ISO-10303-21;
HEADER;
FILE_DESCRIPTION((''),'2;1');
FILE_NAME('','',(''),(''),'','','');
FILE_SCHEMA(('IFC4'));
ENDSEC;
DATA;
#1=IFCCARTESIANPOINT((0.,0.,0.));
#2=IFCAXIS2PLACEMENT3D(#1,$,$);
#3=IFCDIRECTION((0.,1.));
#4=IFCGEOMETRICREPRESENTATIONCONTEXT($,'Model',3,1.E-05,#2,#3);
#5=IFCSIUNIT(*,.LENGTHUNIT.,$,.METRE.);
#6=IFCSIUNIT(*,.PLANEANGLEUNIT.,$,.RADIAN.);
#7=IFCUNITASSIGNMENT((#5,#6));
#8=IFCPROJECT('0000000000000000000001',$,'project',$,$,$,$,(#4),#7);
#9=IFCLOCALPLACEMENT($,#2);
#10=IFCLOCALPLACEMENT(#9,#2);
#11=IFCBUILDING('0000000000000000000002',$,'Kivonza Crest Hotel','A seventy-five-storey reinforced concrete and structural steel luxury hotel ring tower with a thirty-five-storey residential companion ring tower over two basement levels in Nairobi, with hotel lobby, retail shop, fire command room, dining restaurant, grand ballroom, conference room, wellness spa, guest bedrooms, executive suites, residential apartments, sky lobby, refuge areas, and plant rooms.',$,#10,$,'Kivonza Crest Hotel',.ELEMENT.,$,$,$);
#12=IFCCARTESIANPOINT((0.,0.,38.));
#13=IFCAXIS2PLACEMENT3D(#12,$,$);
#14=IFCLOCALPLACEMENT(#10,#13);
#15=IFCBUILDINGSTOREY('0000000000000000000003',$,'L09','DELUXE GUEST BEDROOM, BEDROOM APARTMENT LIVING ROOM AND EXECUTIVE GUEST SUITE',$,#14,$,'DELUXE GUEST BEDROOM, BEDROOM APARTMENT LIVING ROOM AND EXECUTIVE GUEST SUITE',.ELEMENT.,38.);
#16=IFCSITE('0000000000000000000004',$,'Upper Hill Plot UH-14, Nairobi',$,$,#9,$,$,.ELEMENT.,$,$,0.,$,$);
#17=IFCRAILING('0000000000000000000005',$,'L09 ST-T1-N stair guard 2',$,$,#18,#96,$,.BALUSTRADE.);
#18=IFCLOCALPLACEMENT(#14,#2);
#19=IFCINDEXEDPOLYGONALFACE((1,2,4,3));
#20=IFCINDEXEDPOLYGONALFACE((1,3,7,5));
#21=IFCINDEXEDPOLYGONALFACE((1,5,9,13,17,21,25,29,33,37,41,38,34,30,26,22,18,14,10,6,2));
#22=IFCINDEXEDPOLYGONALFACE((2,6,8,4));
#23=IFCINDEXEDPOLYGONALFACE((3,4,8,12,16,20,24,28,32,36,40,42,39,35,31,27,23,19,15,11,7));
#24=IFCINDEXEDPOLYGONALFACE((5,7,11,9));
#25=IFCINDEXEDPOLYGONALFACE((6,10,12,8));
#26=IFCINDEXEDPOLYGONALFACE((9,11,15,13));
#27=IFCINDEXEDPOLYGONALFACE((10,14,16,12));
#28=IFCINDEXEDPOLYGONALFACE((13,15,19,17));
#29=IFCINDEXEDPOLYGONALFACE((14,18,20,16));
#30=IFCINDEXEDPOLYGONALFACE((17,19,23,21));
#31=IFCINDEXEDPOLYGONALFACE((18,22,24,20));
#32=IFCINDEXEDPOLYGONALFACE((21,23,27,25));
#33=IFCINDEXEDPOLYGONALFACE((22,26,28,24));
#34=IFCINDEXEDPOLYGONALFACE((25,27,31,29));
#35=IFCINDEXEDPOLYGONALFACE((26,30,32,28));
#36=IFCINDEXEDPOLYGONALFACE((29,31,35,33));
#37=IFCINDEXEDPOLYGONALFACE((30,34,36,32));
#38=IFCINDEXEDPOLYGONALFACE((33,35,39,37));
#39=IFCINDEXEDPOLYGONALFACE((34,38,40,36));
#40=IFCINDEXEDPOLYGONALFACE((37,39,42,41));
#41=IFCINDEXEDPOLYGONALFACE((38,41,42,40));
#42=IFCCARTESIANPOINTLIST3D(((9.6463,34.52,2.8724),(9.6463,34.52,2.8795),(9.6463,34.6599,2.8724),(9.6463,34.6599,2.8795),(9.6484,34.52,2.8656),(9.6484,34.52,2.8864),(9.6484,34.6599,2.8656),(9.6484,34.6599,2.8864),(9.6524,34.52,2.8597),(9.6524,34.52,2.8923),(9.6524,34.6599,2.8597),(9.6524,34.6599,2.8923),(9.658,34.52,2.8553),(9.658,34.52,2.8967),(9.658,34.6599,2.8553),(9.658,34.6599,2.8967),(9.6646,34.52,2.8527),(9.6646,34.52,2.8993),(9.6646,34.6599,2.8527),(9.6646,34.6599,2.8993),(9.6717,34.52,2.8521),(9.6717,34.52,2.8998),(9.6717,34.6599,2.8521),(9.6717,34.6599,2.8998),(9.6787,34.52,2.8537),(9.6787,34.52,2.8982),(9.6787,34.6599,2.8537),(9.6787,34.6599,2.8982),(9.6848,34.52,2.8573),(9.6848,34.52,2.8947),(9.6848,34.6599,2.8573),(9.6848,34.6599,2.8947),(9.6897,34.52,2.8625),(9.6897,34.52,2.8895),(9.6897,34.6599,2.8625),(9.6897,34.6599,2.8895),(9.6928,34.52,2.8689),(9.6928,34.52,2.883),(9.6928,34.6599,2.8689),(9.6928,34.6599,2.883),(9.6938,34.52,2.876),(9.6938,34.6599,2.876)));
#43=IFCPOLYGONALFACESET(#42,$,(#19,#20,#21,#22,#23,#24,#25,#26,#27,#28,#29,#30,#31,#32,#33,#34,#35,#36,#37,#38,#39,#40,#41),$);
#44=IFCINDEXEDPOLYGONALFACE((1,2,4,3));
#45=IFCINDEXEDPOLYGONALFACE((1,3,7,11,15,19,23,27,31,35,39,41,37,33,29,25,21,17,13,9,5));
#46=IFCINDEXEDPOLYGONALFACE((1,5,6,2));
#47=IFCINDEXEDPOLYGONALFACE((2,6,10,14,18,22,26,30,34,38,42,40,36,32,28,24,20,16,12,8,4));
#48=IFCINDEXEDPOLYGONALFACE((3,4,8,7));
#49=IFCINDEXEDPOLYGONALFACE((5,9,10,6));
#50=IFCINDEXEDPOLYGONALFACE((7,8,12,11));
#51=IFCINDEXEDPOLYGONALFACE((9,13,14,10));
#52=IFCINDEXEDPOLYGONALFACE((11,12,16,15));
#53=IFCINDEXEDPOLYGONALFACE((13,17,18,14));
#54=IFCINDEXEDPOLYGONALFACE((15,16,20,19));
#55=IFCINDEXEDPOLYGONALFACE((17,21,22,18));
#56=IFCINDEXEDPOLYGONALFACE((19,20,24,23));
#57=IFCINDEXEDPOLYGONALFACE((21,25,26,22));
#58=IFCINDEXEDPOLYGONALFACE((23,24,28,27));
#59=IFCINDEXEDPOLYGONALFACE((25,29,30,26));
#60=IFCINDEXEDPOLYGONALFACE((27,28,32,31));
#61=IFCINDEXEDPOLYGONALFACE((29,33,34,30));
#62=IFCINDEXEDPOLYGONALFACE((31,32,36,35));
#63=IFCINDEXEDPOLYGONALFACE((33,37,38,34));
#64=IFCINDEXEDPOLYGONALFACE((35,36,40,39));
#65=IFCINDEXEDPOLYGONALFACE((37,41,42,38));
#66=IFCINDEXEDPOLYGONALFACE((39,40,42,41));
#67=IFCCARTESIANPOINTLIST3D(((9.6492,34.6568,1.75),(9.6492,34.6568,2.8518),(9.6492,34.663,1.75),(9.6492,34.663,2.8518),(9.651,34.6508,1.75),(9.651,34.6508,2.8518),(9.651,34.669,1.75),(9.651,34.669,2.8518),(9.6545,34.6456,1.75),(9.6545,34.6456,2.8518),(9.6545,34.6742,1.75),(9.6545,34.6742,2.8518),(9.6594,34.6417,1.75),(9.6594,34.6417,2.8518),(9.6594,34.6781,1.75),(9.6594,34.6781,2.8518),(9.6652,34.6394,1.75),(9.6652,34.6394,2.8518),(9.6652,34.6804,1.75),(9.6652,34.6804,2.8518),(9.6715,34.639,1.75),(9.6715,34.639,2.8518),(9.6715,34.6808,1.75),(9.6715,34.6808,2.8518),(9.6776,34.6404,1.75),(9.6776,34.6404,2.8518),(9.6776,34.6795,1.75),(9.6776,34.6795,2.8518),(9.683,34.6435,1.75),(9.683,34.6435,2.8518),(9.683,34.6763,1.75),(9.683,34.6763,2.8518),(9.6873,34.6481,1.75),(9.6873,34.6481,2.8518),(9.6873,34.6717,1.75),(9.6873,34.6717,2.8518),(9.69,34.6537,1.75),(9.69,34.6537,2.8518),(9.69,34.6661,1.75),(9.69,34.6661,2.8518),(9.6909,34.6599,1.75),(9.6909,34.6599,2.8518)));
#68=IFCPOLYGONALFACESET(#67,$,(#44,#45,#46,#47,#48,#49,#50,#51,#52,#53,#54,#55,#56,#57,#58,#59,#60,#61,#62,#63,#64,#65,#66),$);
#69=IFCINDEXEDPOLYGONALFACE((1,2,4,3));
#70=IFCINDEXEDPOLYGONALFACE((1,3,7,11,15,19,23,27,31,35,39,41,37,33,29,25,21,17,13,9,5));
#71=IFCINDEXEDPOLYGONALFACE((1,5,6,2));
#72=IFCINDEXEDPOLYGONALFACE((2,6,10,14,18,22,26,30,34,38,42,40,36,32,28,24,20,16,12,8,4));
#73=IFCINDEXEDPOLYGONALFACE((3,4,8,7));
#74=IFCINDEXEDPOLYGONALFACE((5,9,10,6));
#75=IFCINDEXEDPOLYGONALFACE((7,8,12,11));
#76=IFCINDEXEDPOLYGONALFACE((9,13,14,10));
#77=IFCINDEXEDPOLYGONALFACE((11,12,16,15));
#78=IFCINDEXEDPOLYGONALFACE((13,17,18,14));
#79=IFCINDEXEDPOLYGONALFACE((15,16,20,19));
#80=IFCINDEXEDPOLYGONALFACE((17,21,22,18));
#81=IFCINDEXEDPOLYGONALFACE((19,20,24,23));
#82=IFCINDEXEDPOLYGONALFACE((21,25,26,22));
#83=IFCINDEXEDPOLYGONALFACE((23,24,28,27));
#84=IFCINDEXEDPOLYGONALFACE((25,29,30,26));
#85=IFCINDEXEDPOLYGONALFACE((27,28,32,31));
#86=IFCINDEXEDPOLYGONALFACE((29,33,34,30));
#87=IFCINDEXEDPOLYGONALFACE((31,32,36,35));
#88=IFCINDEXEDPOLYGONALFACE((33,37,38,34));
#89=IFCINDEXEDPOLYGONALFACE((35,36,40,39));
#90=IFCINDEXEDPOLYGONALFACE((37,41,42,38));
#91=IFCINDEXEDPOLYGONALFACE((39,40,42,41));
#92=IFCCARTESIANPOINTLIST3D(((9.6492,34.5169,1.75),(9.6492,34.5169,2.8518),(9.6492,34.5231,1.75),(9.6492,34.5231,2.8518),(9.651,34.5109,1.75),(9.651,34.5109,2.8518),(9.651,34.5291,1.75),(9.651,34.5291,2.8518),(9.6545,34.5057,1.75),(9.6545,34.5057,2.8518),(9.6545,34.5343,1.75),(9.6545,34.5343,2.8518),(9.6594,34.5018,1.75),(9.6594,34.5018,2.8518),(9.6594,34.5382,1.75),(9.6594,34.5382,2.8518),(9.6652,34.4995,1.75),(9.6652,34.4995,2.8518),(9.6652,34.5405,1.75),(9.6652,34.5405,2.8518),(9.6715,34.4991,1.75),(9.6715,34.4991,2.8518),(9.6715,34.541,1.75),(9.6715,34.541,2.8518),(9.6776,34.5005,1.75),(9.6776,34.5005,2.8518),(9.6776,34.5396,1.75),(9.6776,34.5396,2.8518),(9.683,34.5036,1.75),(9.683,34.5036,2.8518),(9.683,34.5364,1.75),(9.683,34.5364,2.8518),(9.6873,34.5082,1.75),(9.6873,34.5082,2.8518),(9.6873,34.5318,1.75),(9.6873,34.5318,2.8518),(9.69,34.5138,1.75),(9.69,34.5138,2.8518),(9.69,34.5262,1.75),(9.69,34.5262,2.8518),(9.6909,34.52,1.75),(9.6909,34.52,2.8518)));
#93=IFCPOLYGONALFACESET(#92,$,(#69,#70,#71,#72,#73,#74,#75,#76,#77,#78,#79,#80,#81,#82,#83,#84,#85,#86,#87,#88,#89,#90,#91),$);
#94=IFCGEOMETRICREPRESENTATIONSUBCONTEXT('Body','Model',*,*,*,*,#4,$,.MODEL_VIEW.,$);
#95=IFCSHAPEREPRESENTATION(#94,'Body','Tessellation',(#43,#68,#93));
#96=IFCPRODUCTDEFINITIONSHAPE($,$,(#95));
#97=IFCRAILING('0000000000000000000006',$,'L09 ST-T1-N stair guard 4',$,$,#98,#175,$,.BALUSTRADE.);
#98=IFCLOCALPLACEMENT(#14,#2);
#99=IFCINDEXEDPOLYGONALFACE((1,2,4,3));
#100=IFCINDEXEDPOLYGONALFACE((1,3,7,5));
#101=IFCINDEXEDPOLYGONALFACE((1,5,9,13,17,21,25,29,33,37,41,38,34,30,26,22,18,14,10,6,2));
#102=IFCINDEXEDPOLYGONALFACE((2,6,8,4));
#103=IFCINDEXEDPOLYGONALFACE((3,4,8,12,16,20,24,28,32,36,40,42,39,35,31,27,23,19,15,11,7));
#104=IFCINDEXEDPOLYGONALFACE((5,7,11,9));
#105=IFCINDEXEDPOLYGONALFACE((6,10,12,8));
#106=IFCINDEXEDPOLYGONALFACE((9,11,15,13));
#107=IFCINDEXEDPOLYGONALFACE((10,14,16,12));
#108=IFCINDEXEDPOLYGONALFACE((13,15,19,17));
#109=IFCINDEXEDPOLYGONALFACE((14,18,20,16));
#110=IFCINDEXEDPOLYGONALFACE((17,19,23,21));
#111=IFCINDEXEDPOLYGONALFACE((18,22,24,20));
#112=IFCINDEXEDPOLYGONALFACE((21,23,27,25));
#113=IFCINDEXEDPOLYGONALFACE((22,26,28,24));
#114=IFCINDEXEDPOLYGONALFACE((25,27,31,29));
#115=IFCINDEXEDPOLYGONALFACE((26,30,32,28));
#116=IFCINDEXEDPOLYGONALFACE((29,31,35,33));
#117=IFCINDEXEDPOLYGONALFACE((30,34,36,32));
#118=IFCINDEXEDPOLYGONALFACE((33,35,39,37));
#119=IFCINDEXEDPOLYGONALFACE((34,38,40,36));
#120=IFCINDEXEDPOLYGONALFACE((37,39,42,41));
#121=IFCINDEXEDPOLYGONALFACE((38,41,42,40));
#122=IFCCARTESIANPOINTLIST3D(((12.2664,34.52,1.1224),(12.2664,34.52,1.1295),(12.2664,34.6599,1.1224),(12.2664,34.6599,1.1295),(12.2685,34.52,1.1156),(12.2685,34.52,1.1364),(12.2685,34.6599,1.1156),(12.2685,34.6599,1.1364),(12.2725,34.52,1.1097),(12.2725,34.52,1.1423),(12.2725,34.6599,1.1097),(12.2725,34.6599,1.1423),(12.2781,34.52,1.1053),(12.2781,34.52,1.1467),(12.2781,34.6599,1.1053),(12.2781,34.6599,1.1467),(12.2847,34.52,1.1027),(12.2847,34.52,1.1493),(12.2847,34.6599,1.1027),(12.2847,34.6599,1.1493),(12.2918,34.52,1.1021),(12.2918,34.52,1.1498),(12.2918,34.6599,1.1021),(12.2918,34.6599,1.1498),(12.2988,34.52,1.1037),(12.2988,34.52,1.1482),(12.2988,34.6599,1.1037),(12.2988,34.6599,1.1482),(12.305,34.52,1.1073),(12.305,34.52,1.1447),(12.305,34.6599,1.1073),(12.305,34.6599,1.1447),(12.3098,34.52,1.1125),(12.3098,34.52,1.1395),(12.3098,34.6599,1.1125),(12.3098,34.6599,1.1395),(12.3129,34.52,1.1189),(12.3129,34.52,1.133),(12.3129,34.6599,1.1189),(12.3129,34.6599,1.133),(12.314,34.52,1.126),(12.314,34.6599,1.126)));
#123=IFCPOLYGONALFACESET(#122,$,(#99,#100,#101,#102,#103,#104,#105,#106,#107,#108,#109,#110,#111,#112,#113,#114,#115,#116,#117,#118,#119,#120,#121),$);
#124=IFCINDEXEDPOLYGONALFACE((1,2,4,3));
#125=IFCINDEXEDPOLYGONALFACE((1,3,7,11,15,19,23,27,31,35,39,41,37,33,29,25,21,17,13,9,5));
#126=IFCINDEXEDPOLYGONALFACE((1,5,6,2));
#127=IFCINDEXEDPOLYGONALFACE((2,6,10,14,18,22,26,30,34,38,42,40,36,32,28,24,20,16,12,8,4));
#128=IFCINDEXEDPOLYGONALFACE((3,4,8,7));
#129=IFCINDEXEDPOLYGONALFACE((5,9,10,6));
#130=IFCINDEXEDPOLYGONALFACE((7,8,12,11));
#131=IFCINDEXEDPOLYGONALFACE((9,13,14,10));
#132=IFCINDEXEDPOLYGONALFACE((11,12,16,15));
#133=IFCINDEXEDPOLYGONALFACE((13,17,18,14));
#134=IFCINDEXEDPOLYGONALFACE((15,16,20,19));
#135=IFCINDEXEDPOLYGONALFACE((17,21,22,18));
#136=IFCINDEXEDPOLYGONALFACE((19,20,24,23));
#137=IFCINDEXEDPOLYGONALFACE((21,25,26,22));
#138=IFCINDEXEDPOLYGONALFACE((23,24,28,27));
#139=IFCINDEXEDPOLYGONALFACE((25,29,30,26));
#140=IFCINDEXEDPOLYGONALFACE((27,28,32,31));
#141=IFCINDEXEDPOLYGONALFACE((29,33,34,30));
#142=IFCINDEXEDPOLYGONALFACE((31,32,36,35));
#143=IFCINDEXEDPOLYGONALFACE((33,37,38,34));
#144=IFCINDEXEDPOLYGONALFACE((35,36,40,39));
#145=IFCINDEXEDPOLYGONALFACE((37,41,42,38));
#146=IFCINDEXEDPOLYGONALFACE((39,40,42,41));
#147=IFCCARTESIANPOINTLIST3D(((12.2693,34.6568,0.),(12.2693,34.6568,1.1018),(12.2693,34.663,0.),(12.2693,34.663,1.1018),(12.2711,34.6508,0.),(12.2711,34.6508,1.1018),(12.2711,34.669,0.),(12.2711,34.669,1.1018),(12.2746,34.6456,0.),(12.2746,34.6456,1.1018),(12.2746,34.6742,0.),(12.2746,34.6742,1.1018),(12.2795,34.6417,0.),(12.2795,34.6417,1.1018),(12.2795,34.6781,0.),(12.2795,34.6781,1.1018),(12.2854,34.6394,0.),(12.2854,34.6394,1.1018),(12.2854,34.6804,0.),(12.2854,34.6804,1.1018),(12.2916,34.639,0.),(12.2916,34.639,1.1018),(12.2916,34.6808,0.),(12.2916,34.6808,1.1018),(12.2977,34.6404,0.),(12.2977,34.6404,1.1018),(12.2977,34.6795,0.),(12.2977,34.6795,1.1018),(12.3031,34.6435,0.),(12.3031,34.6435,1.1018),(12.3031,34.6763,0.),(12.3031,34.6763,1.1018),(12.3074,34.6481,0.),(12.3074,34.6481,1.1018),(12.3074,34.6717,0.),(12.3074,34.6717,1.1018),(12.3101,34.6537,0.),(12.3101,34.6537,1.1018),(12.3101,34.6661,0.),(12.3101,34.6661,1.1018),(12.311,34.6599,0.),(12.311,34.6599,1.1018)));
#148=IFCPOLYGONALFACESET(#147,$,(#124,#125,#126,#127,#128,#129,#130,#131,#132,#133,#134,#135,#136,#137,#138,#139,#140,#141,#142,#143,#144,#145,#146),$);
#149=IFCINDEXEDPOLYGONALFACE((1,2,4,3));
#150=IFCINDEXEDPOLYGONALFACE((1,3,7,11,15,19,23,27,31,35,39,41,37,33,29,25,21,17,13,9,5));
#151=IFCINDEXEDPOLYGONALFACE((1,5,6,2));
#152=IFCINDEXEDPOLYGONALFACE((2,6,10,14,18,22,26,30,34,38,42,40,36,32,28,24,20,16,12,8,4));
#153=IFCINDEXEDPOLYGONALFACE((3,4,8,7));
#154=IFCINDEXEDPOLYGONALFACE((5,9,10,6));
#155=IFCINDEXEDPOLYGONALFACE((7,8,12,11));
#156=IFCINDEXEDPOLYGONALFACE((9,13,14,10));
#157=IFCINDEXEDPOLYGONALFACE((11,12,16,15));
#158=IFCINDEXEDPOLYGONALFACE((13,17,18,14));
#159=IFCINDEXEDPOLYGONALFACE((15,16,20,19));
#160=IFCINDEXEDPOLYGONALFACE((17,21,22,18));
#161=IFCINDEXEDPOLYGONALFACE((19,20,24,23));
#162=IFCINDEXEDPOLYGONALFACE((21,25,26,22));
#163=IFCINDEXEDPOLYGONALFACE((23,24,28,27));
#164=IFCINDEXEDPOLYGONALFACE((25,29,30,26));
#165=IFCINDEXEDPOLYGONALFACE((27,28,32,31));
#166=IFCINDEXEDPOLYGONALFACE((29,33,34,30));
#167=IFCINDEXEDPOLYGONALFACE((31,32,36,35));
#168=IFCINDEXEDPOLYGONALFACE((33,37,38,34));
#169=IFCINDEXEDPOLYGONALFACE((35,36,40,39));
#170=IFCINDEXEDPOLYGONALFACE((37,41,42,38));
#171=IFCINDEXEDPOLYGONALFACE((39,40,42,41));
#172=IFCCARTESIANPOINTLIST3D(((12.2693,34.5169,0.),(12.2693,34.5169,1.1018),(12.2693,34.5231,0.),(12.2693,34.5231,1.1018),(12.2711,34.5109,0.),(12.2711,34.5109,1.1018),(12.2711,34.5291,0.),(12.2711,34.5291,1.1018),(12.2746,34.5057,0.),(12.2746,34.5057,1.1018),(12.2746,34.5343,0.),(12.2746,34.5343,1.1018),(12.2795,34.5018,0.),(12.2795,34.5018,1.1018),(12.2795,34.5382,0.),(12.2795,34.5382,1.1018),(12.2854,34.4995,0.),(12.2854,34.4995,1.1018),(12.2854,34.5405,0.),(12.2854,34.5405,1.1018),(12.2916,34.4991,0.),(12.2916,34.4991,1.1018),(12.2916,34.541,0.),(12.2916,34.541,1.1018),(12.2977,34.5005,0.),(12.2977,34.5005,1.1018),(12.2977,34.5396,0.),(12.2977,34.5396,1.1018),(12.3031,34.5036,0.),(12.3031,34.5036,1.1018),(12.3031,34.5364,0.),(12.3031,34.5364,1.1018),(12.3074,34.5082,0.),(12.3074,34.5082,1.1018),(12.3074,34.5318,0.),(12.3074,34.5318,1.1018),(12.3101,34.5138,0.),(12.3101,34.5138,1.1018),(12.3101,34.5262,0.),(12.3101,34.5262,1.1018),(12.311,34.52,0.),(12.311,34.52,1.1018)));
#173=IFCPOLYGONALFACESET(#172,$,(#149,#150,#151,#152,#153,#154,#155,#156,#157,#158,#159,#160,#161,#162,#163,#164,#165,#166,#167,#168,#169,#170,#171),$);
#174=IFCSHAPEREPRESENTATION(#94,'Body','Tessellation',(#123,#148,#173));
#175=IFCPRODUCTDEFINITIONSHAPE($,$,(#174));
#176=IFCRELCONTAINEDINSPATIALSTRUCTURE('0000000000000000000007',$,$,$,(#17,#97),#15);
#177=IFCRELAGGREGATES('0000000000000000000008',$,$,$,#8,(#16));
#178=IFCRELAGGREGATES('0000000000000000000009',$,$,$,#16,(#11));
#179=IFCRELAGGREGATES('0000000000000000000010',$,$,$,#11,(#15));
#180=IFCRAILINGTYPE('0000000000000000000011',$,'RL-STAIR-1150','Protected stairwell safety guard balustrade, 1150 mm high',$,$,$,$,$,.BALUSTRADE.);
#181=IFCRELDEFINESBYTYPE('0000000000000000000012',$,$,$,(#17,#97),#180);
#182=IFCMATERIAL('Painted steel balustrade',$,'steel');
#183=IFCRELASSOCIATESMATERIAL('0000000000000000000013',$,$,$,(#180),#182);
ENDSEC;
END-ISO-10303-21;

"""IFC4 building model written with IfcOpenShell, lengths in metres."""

from ifc_helpers import new_model, si_unit, direction, frame, origin, origin_2d, place, context, subcontext, project, spatial, circle, extrude, material, type_object, element, save


model = new_model("IFC4")

# Units and contexts
model_context = context("Model", 3, precision=1e-05, world=origin(), true_north=direction((0.0, 1.0)))
body_context = subcontext(model_context, "Body", "Model", "MODEL_VIEW")
ifc_project = project(units=[si_unit("LENGTHUNIT", "METRE"), si_unit("PLANEANGLEUNIT", "RADIAN")], contexts=[model_context])

# Site, building, storey
site_placement = place(None, origin())
site = spatial("IfcSite", under=ifc_project, at=site_placement, Name="Upper Hill Plot UH-14, Nairobi", CompositionType="ELEMENT", RefElevation=0.0)
building_placement = place(site_placement, origin())
building = spatial("IfcBuilding", under=site, at=building_placement, Name="Kivonza Crest Hotel", Description="A seventy-five-storey reinforced concrete and structural steel luxury hotel ring tower with a thirty-five-storey residential companion ring tower over two basement levels in Nairobi, with hotel lobby, retail shop, fire command room, dining restaurant, grand ballroom, conference room, wellness spa, guest bedrooms, executive suites, residential apartments, sky lobby, refuge areas, and plant rooms.", LongName="Kivonza Crest Hotel", CompositionType="ELEMENT")
storey_placement = place(building_placement, frame((0.0, 0.0, 38.0)))
storey = spatial("IfcBuildingStorey", under=building, at=storey_placement, Name="L09", Description="DELUXE GUEST BEDROOM, BEDROOM APARTMENT LIVING ROOM AND EXECUTIVE GUEST SUITE", LongName="DELUXE GUEST BEDROOM, BEDROOM APARTMENT LIVING ROOM AND EXECUTIVE GUEST SUITE", CompositionType="ELEMENT", Elevation=38.0)

# Railings
ifc_material_1 = material(Name="Painted steel balustrade", Category="steel")
railing_type_1 = type_object("IfcRailingType", Name="RL-STAIR-1150", Description="Protected stairwell safety guard balustrade, 1150 mm high", PredefinedType="BALUSTRADE", material=ifc_material_1)
for number, where, name in (
    (1, (9.6699, 34.6599, 1.75), "L09 ST-T1-N stair guard 2"),
    (2, (12.29, 34.6599, 0.0), "L09 ST-T1-N stair guard 4"),
):
    element("IfcRailing", number, at=place(storey_placement, frame(where)), inside=storey, type_object=railing_type_1, Name=name, PredefinedType="BALUSTRADE", context=body_context, shape_type="SweptSolid", body=[
        extrude(circle(Radius=0.0239, at=origin_2d()), frame((0.0, 0.0, 1.126), z_axis=(0.0, -1.0, 0.0), x_axis=(1.0, 0.0, 0.0)), (0.0, 0.0, 1.0), 0.1399),
        extrude(circle(Radius=0.021, at=origin_2d()), origin(), (0.0, 0.0, 1.0), 1.1018),
        extrude(circle(Radius=0.021, at=origin_2d()), frame((0.0, -0.1399, 0.0)), (0.0, 0.0, 1.0), 1.1018),
    ])

save(model, "model.ifc")
